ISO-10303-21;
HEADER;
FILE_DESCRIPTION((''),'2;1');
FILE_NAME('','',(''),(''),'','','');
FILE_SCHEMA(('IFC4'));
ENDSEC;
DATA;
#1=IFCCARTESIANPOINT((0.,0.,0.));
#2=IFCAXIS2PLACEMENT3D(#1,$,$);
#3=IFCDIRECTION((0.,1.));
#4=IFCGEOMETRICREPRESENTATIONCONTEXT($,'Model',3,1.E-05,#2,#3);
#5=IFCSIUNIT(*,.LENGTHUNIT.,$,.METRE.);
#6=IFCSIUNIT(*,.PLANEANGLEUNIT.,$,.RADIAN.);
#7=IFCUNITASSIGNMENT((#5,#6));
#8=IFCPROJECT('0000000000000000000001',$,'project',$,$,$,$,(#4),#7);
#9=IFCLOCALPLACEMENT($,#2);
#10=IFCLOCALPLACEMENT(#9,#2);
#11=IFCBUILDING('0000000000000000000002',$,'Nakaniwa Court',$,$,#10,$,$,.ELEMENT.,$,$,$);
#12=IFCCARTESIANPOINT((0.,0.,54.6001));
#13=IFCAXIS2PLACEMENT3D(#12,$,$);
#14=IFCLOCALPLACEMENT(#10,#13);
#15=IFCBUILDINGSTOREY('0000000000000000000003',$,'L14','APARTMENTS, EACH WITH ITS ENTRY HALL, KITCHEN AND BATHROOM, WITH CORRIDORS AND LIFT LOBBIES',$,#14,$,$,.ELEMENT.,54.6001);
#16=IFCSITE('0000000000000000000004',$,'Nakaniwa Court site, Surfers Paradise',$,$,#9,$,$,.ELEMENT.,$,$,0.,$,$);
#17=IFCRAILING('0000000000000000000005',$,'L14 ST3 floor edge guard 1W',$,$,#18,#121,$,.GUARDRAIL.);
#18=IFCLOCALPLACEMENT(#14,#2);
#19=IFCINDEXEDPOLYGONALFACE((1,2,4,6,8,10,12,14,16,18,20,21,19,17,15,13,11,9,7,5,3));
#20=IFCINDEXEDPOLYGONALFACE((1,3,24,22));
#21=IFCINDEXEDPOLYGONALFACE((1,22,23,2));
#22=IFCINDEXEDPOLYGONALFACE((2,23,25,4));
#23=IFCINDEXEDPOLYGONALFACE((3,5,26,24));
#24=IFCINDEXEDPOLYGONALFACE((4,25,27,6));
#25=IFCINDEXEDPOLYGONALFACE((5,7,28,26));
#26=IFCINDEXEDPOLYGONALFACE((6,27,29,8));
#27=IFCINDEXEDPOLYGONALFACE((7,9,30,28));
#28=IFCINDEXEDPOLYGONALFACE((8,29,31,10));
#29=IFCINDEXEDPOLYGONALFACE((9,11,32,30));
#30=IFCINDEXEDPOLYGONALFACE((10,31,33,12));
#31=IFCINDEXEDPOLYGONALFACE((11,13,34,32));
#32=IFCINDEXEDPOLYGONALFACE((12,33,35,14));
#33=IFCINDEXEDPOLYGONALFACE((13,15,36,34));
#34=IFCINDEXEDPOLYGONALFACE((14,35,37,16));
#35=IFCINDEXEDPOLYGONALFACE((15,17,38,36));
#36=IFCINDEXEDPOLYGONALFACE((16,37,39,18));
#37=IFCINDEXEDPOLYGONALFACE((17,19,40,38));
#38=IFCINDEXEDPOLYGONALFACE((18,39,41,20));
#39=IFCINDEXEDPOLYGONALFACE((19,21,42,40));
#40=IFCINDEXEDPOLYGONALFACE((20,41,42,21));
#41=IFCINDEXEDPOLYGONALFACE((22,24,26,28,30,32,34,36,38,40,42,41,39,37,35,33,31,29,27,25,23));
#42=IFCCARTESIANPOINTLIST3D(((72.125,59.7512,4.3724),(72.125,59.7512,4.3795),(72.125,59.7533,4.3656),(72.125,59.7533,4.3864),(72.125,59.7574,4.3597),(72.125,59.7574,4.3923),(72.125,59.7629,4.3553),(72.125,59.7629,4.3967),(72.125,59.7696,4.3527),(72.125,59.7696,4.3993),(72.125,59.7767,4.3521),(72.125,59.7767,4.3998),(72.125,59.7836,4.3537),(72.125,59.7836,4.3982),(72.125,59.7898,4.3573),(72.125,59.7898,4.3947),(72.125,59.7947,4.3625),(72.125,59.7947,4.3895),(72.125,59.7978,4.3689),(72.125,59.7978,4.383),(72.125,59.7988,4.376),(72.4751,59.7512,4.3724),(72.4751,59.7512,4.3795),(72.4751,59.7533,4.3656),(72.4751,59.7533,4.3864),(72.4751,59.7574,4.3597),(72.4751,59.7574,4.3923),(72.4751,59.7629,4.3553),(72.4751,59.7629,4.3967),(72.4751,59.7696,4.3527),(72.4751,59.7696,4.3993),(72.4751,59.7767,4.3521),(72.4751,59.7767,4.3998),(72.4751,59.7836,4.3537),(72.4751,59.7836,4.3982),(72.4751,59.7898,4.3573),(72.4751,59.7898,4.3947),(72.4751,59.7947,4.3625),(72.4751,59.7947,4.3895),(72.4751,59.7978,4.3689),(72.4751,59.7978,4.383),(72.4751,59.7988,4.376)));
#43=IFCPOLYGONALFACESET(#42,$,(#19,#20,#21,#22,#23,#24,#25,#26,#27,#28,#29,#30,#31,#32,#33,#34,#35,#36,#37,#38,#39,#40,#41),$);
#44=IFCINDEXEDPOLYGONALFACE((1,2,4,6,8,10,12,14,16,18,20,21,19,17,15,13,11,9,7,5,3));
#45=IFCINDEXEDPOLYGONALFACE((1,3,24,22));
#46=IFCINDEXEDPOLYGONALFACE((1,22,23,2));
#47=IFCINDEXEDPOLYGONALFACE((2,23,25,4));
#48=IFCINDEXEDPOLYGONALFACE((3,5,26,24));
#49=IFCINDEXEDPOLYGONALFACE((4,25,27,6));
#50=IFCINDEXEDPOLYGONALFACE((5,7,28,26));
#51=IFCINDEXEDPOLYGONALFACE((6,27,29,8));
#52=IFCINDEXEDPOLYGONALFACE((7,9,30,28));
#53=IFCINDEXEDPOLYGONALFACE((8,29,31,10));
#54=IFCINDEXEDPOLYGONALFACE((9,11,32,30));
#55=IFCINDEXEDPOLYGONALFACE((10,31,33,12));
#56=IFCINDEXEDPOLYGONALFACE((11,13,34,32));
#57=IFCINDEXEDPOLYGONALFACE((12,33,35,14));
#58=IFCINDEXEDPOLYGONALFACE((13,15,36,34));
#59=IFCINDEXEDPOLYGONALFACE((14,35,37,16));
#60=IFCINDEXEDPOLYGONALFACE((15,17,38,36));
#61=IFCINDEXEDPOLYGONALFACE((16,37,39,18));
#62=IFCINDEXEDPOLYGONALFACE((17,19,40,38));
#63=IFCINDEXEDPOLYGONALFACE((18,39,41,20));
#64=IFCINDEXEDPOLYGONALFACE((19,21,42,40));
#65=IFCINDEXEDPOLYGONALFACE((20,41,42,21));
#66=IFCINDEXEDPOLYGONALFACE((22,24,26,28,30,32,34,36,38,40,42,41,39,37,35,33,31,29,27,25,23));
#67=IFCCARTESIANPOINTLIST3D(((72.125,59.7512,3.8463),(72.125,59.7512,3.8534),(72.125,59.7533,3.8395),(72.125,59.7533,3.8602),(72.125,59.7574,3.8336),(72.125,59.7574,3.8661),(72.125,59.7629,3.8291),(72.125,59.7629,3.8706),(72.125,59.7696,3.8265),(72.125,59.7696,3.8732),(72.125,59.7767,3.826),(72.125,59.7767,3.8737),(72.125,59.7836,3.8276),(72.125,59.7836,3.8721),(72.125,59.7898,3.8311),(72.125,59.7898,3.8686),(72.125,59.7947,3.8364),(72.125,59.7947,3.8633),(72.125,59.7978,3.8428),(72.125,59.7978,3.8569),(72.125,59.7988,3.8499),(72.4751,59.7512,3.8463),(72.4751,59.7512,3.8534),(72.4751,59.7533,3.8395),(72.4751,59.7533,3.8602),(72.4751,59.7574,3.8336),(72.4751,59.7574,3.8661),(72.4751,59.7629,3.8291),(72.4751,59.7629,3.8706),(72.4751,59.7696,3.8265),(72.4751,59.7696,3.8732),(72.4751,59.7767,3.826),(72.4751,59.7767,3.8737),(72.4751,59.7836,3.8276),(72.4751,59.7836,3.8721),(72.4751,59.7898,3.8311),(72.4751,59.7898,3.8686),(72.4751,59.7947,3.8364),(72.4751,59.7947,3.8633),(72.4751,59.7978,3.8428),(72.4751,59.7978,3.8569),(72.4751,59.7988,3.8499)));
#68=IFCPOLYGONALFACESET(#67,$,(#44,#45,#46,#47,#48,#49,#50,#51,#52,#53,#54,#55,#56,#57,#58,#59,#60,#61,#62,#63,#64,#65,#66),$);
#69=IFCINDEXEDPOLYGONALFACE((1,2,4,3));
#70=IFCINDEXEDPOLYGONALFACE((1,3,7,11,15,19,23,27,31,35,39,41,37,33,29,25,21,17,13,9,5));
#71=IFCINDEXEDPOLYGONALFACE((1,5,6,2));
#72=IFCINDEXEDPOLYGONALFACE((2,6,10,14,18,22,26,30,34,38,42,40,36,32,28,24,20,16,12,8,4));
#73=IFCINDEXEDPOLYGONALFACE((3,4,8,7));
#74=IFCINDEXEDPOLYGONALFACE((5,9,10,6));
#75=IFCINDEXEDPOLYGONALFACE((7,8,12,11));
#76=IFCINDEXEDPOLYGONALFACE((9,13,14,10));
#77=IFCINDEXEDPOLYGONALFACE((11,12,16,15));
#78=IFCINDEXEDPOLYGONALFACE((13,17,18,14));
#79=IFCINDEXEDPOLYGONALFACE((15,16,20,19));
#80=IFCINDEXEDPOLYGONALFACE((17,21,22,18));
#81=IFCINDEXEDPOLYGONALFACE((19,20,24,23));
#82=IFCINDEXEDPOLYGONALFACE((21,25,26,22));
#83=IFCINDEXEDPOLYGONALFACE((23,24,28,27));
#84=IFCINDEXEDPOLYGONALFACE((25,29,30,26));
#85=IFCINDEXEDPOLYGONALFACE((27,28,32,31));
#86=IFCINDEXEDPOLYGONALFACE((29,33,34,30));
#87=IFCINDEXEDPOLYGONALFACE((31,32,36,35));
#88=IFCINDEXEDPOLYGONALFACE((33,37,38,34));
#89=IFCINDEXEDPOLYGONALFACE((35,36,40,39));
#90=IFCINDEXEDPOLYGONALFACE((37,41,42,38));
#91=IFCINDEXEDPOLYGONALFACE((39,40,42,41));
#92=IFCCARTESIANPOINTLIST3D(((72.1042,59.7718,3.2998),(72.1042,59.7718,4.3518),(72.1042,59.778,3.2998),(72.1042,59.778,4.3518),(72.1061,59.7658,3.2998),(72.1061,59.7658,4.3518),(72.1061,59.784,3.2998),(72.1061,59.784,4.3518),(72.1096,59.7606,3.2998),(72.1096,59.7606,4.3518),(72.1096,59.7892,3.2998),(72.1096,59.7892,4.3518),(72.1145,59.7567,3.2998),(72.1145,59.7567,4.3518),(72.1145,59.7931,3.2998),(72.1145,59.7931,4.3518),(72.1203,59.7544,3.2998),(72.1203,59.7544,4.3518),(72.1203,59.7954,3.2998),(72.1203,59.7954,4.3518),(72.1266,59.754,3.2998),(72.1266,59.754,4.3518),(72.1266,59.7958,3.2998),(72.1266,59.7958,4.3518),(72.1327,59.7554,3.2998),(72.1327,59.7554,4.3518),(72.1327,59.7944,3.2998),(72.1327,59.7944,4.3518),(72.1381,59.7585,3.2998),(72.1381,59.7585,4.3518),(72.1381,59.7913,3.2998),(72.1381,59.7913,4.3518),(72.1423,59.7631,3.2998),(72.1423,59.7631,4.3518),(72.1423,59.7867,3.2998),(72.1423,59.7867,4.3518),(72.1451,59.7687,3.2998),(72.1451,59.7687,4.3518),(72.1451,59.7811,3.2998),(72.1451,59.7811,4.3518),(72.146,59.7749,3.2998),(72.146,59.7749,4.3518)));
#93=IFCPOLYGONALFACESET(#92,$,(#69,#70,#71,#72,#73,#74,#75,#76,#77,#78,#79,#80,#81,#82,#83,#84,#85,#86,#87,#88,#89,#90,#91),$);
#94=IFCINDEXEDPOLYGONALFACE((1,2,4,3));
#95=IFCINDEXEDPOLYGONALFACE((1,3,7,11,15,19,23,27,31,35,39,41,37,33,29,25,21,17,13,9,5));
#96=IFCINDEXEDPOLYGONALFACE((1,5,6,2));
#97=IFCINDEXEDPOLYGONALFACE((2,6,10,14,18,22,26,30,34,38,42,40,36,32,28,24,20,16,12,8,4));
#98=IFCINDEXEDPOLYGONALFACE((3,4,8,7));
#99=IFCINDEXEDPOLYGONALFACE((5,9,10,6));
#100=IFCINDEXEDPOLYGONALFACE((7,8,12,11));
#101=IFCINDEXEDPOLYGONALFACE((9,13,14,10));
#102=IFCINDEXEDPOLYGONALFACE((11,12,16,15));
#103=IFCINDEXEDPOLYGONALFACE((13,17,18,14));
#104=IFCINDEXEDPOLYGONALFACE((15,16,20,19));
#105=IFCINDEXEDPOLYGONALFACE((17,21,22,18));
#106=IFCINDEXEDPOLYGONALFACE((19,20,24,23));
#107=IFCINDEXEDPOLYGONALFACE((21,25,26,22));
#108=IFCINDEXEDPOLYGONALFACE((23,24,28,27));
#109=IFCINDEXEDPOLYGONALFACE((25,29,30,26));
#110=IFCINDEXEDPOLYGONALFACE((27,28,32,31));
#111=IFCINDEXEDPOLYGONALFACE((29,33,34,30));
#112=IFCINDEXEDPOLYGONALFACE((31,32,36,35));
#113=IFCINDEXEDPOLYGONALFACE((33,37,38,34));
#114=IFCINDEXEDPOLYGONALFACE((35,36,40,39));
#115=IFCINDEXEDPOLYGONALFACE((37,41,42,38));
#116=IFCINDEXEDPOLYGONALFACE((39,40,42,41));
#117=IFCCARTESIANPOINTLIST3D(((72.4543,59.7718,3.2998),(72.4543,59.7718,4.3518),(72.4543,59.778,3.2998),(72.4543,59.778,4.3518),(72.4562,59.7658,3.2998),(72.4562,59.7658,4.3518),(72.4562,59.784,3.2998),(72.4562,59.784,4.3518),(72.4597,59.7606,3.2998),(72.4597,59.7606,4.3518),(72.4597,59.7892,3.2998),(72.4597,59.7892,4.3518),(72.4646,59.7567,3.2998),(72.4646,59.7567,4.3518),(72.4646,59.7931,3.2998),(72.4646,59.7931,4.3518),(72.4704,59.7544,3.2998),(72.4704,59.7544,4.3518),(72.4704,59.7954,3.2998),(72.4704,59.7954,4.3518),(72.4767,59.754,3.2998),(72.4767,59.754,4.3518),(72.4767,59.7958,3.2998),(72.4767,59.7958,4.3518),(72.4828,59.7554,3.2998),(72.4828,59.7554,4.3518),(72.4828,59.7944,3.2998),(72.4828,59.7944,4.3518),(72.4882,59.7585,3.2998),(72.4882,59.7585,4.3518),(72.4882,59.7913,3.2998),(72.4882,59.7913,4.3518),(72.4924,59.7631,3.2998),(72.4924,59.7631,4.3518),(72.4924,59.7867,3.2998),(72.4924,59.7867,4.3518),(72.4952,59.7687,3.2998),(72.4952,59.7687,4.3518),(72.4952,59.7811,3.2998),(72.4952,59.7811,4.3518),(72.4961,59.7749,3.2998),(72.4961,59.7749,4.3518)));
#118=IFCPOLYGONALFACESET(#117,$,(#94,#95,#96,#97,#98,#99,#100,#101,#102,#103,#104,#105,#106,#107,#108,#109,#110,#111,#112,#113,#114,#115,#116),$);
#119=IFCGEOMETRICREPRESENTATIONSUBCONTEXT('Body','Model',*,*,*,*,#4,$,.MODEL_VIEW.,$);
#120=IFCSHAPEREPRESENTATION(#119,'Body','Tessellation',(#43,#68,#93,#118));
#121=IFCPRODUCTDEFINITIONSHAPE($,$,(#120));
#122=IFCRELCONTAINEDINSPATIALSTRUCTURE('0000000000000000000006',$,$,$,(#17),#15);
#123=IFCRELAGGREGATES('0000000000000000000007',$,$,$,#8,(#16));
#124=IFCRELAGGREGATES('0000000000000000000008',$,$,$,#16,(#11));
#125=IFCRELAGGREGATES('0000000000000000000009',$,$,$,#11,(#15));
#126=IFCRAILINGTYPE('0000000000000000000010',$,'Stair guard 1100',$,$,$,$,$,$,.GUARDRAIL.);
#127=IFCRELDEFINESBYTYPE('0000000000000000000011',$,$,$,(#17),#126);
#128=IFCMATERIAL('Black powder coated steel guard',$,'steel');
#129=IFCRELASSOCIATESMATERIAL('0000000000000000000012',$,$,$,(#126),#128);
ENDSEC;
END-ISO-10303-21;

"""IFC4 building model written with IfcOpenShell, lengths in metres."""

from ifc_helpers import new_model, si_unit, direction, frame, origin, origin_2d, place, context, subcontext, project, spatial, circle, extrude, material, type_object, element, save


model = new_model("IFC4")

# Units and contexts
model_context = context("Model", 3, precision=1e-05, world=origin(), true_north=direction((0.0, 1.0)))
body_context = subcontext(model_context, "Body", "Model", "MODEL_VIEW")
ifc_project = project(units=[si_unit("LENGTHUNIT", "METRE"), si_unit("PLANEANGLEUNIT", "RADIAN")], contexts=[model_context])

# Site, building, storey
site_placement = place(None, origin())
site = spatial("IfcSite", under=ifc_project, at=site_placement, Name="Nakaniwa Court site, Surfers Paradise", CompositionType="ELEMENT", RefElevation=0.0)
building_placement = place(site_placement, origin())
building = spatial("IfcBuilding", under=site, at=building_placement, Name="Nakaniwa Court", CompositionType="ELEMENT")
storey_placement = place(building_placement, frame((0.0, 0.0, 54.6001)))
storey = spatial("IfcBuildingStorey", under=building, at=storey_placement, Name="L14", Description="APARTMENTS, EACH WITH ITS ENTRY HALL, KITCHEN AND BATHROOM, WITH CORRIDORS AND LIFT LOBBIES", CompositionType="ELEMENT", Elevation=54.6001)

# Railing
ifc_material_1 = material(Name="Black powder coated steel guard", Category="steel")
railing_type_1 = type_object("IfcRailingType", Name="Stair guard 1100", PredefinedType="GUARDRAIL", material=ifc_material_1)
for number, where, name in (
    (1, (72.125, 59.7749, 3.2998), "L14 ST3 floor edge guard 1W"),
):
    element("IfcRailing", number, at=place(storey_placement, frame(where)), inside=storey, type_object=railing_type_1, Name=name, PredefinedType="GUARDRAIL", context=body_context, shape_type="SweptSolid", body=[
        extrude(circle(Radius=0.0239, at=origin_2d()), frame((0.0, 0.0, 1.0762), z_axis=(1.0, 0.0, 0.0), x_axis=(0.0, 1.0, 0.0)), (0.0, 0.0, 1.0), 0.3501),
        extrude(circle(Radius=0.0239, at=origin_2d()), frame((0.0, 0.0, 0.55), z_axis=(1.0, 0.0, 0.0), x_axis=(0.0, 1.0, 0.0)), (0.0, 0.0, 1.0), 0.3501),
        extrude(circle(Radius=0.021, at=origin_2d()), origin(), (0.0, 0.0, 1.0), 1.052),
        extrude(circle(Radius=0.021, at=origin_2d()), frame((0.3501, 0.0, 0.0)), (0.0, 0.0, 1.0), 1.052),
    ])

save(model, "model.ifc")
